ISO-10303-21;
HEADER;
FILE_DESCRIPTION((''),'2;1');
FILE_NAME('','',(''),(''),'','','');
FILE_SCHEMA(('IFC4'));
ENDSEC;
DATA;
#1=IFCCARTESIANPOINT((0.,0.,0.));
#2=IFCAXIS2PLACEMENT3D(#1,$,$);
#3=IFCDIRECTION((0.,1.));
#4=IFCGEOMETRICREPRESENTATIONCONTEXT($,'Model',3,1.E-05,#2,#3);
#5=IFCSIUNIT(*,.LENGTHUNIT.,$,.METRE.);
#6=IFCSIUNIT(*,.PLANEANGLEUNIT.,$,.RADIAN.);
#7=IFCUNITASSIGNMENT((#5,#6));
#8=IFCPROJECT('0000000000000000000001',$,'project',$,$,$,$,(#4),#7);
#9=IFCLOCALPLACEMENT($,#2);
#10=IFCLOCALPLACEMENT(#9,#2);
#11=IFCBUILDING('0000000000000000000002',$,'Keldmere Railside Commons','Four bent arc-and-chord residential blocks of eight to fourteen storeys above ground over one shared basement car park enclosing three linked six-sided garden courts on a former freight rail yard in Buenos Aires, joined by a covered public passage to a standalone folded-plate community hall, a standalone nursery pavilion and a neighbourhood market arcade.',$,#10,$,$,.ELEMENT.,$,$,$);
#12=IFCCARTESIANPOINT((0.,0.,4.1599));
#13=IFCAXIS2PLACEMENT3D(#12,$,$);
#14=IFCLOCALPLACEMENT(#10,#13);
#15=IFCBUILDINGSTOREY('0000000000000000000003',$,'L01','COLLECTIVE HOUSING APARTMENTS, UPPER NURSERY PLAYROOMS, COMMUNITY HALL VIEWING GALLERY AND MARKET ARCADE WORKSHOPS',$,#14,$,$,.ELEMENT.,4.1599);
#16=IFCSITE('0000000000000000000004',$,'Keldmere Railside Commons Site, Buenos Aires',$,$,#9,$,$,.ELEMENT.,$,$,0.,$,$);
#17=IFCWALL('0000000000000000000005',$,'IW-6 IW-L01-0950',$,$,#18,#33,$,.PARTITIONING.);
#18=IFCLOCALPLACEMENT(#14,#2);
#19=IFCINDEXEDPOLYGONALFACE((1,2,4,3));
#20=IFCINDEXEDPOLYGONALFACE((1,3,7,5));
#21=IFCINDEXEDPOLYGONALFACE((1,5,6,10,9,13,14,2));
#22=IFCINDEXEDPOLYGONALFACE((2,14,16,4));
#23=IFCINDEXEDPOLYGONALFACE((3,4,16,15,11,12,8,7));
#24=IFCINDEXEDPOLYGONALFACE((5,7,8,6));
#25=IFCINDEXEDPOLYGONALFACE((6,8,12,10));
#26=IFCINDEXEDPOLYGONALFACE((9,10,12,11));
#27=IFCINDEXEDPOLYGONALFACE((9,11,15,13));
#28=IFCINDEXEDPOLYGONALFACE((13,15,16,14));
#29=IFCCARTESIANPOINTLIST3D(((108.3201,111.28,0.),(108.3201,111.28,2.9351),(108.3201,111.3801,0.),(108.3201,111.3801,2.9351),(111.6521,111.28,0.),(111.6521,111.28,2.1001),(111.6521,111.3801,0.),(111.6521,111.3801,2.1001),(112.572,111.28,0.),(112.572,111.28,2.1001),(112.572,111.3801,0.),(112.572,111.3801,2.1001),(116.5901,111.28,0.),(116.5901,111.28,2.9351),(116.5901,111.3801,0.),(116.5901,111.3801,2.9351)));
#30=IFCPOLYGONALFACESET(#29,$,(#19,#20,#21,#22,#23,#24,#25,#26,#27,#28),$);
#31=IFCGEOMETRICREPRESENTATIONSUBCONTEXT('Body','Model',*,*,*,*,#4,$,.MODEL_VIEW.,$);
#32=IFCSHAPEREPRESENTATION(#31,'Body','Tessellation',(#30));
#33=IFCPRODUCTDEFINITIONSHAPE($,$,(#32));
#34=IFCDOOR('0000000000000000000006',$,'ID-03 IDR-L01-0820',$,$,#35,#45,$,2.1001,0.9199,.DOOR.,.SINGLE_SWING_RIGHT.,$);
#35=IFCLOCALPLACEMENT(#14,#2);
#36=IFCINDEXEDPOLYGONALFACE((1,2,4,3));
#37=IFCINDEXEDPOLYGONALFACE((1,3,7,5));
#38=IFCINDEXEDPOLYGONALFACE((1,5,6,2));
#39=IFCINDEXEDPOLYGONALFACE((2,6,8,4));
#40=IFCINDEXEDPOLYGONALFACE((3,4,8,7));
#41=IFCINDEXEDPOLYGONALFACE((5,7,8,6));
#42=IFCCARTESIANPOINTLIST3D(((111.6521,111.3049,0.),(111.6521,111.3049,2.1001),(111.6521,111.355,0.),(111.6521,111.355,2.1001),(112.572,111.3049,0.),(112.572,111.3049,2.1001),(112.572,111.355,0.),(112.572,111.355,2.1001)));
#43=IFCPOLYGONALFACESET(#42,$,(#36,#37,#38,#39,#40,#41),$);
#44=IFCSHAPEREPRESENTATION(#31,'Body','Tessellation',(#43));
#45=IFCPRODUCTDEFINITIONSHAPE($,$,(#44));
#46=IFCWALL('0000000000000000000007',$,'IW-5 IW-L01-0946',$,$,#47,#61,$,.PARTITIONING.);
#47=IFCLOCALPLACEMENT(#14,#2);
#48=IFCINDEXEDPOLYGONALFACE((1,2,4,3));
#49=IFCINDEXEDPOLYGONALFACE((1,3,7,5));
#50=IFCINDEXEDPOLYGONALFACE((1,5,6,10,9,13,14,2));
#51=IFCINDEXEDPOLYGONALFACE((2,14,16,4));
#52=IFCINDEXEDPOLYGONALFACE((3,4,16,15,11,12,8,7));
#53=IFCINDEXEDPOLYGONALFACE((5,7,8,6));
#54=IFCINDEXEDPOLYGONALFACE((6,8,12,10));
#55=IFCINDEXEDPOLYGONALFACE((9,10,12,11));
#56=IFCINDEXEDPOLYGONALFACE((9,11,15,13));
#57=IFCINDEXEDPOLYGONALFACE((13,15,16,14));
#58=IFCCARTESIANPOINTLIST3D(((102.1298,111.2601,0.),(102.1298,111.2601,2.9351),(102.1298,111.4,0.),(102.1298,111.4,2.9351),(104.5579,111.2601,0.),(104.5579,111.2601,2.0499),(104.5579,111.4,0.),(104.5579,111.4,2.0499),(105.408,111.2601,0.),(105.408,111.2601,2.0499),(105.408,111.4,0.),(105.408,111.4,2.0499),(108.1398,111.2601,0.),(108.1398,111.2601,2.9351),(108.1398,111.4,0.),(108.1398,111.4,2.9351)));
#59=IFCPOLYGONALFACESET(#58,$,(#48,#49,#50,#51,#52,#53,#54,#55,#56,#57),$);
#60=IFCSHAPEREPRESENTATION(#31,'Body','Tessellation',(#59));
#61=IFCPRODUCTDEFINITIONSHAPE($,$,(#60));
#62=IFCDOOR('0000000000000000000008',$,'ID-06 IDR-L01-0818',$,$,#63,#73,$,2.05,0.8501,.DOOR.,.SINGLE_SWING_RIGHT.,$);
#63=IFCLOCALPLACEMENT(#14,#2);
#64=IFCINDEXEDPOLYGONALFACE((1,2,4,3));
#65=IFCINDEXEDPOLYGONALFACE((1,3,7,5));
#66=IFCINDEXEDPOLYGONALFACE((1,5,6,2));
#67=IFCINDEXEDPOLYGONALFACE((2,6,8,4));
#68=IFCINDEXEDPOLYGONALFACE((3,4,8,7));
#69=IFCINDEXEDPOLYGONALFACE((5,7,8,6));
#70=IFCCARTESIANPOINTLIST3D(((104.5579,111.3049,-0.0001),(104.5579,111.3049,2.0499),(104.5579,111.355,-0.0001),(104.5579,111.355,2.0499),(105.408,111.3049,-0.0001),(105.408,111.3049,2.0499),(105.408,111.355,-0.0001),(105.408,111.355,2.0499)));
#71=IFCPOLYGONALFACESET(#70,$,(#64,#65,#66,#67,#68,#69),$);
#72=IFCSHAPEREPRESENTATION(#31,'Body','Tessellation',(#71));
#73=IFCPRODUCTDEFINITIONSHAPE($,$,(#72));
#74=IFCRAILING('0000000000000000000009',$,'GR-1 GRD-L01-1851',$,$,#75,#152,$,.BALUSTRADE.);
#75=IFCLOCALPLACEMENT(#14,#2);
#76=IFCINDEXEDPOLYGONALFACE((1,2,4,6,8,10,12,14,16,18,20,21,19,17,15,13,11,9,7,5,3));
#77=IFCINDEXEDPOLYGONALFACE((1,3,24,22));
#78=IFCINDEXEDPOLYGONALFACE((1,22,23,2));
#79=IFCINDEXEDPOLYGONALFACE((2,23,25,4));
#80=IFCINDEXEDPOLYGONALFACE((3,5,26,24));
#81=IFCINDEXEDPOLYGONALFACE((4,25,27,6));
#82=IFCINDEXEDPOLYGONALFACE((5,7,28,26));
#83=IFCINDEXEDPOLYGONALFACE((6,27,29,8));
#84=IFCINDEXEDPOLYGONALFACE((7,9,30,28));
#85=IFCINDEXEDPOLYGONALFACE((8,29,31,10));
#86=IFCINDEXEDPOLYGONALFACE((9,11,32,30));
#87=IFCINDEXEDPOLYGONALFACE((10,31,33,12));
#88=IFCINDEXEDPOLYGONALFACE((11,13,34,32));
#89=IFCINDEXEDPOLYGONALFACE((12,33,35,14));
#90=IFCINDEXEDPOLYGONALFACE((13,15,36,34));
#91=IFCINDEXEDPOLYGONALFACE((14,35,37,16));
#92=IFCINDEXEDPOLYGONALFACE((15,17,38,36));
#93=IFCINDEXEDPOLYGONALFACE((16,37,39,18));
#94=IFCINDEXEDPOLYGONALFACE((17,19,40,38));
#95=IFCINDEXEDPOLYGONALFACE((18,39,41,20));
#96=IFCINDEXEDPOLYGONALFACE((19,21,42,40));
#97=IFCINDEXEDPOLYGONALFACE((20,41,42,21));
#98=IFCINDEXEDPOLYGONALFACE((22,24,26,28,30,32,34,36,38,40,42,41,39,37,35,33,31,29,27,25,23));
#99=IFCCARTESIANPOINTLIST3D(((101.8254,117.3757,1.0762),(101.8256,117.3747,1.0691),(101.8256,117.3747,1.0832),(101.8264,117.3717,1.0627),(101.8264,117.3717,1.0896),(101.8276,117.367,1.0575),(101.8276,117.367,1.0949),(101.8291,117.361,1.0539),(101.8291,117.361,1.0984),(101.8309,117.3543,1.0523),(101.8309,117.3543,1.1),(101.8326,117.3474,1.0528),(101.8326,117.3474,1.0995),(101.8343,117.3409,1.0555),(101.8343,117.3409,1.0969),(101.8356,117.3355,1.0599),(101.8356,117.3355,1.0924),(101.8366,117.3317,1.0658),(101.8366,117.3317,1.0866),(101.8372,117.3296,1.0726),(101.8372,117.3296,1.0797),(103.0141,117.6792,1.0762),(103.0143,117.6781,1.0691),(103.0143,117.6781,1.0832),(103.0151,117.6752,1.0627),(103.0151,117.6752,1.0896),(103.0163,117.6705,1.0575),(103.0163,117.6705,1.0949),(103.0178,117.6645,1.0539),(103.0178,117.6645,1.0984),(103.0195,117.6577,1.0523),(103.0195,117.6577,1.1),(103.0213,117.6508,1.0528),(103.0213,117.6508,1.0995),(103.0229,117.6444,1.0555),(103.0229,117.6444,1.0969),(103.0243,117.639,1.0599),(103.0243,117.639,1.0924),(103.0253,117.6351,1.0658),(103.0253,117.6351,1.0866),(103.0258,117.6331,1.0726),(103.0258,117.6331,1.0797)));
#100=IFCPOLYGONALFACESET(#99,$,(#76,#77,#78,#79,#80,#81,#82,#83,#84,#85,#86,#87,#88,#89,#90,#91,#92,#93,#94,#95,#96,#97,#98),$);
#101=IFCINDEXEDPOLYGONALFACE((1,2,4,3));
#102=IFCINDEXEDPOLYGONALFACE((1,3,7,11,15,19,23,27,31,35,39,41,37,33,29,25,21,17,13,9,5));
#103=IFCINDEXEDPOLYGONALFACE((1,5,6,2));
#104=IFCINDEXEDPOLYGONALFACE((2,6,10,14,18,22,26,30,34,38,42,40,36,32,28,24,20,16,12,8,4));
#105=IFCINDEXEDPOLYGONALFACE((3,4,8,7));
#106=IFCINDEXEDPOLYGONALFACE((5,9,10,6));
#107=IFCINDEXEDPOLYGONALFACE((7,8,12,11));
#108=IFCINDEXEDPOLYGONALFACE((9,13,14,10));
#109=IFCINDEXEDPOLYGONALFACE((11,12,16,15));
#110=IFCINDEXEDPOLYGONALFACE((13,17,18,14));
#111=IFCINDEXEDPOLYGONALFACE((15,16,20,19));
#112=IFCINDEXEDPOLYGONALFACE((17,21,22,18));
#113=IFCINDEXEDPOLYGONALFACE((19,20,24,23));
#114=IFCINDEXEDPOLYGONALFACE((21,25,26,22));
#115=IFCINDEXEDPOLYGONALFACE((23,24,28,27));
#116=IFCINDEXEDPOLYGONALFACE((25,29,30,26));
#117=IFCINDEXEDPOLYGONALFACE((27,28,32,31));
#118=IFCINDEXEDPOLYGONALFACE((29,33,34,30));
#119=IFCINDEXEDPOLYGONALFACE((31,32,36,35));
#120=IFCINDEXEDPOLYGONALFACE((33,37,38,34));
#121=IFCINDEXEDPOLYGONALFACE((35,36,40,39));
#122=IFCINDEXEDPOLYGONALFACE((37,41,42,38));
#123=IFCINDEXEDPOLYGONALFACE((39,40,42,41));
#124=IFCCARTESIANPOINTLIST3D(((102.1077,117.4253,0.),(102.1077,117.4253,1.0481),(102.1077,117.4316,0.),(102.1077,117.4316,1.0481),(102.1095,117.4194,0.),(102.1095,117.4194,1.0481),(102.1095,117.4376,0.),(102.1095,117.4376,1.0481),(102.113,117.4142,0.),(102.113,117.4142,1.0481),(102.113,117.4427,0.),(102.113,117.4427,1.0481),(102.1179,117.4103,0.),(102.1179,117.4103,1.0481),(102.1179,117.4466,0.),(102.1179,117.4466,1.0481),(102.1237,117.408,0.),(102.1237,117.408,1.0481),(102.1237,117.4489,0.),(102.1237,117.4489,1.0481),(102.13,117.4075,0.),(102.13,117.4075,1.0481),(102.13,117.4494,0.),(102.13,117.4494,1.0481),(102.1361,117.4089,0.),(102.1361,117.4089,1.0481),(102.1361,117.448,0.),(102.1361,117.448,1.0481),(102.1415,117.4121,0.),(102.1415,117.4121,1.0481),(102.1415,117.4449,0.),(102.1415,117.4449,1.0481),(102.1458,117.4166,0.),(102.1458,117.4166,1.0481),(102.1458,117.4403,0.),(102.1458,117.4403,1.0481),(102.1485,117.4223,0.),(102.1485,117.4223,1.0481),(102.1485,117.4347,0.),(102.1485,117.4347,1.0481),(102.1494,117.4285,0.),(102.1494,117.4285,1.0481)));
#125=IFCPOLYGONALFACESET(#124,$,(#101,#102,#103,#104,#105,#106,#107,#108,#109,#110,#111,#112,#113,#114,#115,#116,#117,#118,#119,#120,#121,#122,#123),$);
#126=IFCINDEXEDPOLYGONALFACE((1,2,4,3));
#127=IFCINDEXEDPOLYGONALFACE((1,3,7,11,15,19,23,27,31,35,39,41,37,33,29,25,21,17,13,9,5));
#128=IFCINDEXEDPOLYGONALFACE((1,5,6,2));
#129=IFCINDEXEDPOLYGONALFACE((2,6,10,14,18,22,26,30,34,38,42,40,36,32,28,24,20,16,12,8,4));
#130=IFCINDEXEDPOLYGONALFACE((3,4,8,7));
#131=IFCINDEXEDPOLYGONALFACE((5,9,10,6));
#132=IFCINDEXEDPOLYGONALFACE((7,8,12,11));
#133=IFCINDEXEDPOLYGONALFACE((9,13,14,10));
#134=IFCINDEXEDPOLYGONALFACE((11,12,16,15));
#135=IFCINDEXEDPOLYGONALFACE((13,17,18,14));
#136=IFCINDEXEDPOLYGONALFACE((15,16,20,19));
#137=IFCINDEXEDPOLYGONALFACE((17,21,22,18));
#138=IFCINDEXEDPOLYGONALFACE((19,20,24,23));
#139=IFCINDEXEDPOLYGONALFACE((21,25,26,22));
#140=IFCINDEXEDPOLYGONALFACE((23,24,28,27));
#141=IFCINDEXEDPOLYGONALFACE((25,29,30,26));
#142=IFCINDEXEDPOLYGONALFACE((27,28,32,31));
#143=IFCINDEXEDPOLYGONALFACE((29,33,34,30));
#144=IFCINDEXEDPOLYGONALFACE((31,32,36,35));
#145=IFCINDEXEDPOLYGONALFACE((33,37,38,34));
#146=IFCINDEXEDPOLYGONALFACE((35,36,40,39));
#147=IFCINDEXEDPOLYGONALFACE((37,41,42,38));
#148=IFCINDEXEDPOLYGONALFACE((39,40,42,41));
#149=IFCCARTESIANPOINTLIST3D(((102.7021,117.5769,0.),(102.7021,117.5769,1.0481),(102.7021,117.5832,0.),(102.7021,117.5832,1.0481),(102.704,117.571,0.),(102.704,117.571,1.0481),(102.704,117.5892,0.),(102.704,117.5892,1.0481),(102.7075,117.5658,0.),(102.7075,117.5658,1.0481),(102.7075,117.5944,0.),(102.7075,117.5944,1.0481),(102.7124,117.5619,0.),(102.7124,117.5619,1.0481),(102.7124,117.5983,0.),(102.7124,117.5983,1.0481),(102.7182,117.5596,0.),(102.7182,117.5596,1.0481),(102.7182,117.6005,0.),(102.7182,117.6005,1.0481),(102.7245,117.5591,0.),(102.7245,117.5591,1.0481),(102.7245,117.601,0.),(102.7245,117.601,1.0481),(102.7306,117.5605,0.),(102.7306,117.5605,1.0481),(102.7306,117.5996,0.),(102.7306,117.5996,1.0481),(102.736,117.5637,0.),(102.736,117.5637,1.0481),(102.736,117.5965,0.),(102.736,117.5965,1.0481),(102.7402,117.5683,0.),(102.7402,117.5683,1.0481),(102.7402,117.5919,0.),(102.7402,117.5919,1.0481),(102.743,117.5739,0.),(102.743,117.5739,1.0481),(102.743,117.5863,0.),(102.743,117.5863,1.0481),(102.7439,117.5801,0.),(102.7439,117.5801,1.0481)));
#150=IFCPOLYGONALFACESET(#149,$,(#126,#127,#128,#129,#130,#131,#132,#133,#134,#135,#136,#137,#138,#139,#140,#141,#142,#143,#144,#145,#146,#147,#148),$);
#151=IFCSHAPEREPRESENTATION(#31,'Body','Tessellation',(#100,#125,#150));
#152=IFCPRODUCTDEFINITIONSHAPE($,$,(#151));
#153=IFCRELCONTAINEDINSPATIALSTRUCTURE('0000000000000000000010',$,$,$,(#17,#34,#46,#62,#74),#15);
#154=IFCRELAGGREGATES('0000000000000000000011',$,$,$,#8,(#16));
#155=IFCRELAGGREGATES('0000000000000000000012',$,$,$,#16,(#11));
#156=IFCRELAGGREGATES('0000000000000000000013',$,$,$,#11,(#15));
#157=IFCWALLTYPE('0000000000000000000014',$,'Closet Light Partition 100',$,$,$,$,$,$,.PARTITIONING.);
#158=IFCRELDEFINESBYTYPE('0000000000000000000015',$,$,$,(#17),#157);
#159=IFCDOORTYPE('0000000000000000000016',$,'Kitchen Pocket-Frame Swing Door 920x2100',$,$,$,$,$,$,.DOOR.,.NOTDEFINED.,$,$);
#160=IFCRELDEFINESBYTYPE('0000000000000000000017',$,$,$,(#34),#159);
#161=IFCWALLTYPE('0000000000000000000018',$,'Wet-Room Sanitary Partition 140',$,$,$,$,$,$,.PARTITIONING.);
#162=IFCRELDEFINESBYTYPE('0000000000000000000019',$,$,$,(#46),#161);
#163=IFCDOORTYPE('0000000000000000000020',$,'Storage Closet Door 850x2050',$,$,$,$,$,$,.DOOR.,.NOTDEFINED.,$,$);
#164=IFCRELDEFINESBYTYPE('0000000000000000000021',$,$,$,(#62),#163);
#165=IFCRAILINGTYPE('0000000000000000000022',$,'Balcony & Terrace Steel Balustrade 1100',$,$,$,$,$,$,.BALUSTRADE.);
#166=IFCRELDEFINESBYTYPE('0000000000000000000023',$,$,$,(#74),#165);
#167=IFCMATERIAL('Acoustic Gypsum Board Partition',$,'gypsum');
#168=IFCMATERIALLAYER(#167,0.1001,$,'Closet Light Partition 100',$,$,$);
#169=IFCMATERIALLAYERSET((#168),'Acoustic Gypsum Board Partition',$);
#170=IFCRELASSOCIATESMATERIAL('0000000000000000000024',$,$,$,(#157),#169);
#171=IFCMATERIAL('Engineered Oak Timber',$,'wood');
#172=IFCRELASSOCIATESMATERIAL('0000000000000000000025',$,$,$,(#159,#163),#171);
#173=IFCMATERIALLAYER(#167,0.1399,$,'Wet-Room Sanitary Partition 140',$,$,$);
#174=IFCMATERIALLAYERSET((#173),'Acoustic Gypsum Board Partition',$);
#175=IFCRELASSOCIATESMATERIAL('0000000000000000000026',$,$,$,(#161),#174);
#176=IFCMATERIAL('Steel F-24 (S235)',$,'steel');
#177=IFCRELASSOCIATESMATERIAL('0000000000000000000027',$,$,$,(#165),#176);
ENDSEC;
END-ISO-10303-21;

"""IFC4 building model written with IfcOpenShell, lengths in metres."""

from ifc_helpers import new_model, si_unit, direction, frame, frame_2d, origin, origin_2d, place, context, subcontext, project, spatial, rectangle, circle, extrude, material, layer, layer_set, type_object, element, fill, save


model = new_model("IFC4")

# Units and contexts
model_context = context("Model", 3, precision=1e-05, world=origin(), true_north=direction((0.0, 1.0)))
body_context = subcontext(model_context, "Body", "Model", "MODEL_VIEW")
ifc_project = project(units=[si_unit("LENGTHUNIT", "METRE"), si_unit("PLANEANGLEUNIT", "RADIAN")], contexts=[model_context])

# Site, building, storey
site_placement = place(None, origin())
site = spatial("IfcSite", under=ifc_project, at=site_placement, Name="Keldmere Railside Commons Site, Buenos Aires", CompositionType="ELEMENT", RefElevation=0.0)
building_placement = place(site_placement, origin())
building = spatial("IfcBuilding", under=site, at=building_placement, Name="Keldmere Railside Commons", Description="Four bent arc-and-chord residential blocks of eight to fourteen storeys above ground over one shared basement car park enclosing three linked six-sided garden courts on a former freight rail yard in Buenos Aires, joined by a covered public passage to a standalone folded-plate community hall, a standalone nursery pavilion and a neighbourhood market arcade.", CompositionType="ELEMENT")
storey_placement = place(building_placement, frame((0.0, 0.0, 4.1599)))
storey = spatial("IfcBuildingStorey", under=building, at=storey_placement, Name="L01", Description="COLLECTIVE HOUSING APARTMENTS, UPPER NURSERY PLAYROOMS, COMMUNITY HALL VIEWING GALLERY AND MARKET ARCADE WORKSHOPS", CompositionType="ELEMENT", Elevation=4.1599)

# Walls, openings, doors
ifc_material_1 = material(Name="Acoustic Gypsum Board Partition", Category="gypsum")
ifc_layer_1 = layer(ifc_material_1, 0.1001, Name="Closet Light Partition 100")
ifc_layer_set_1 = layer_set([ifc_layer_1], Name="Acoustic Gypsum Board Partition")
wall_type_1 = type_object("IfcWallType", Name="Closet Light Partition 100", PredefinedType="PARTITIONING", material=ifc_layer_set_1)
wall_1_placement = place(storey_placement, frame((108.3201, 111.3301, 0.0), z_axis=(0.0, 0.0, 1.0), x_axis=(1.0, 0.0, 0.0)))
wall_1 = element("IfcWall", 1, at=wall_1_placement, inside=storey, type_object=wall_type_1, Name="IW-6 IW-L01-0950", PredefinedType="PARTITIONING", context=body_context, shape_type="SweptSolid", body=[
    extrude(rectangle(XDim=8.27, YDim=0.1001, at=frame_2d((4.135, 0.0))), origin(), (0.0, 0.0, 1.0), 2.9351),
])
opening_1_placement = place(wall_1_placement, frame((3.332, 0.0, 0.0)))
opening_1 = element("IfcOpeningElement", 2, at=opening_1_placement, cuts=wall_1, PredefinedType="OPENING", context=body_context, shape_type="SweptSolid", body=[
    extrude(rectangle(XDim=0.9199, YDim=2.1001, at=frame_2d((0.46, 1.05))), frame((0.0, 0.0601, 0.0), z_axis=(0.0, -1.0, 0.0), x_axis=(1.0, 0.0, 0.0)), (0.0, 0.0, 1.0), 0.1201),
])
ifc_material_2 = material(Name="Engineered Oak Timber", Category="wood")
door_type_1 = type_object("IfcDoorType", Name="Kitchen Pocket-Frame Swing Door 920x2100", OperationType="NOTDEFINED", PredefinedType="DOOR", material=ifc_material_2)
door_1_placement = place(opening_1_placement, origin())
door_1 = element("IfcDoor", 3, at=door_1_placement, inside=storey, type_object=door_type_1, Name="ID-03 IDR-L01-0820", OperationType="SINGLE_SWING_RIGHT", OverallHeight=2.1001, OverallWidth=0.9199, PredefinedType="DOOR", context=body_context, shape_type="SweptSolid", body=[
    extrude(rectangle(XDim=0.9199, YDim=2.1001, at=frame_2d((0.46, 1.05))), frame((0.0, 0.0249, 0.0), z_axis=(0.0, -1.0, 0.0), x_axis=(1.0, 0.0, 0.0)), (0.0, 0.0, 1.0), 0.05),
])
fill(opening_1, door_1)
ifc_layer_2 = layer(ifc_material_1, 0.1399, Name="Wet-Room Sanitary Partition 140")
ifc_layer_set_2 = layer_set([ifc_layer_2], Name="Acoustic Gypsum Board Partition")
wall_type_2 = type_object("IfcWallType", Name="Wet-Room Sanitary Partition 140", PredefinedType="PARTITIONING", material=ifc_layer_set_2)
wall_2_placement = place(storey_placement, frame((102.1299, 111.3301, 0.0), z_axis=(0.0, 0.0, 1.0), x_axis=(1.0, 0.0, 0.0)))
wall_2 = element("IfcWall", 4, at=wall_2_placement, inside=storey, type_object=wall_type_2, Name="IW-5 IW-L01-0946", PredefinedType="PARTITIONING", context=body_context, shape_type="SweptSolid", body=[
    extrude(rectangle(XDim=6.01, YDim=0.1399, at=frame_2d((3.0049, 0.0))), origin(), (0.0, 0.0, 1.0), 2.9351),
])
opening_2_placement = place(wall_2_placement, frame((2.428, 0.0, 0.0)))
opening_2 = element("IfcOpeningElement", 5, at=opening_2_placement, cuts=wall_2, PredefinedType="OPENING", context=body_context, shape_type="SweptSolid", body=[
    extrude(rectangle(XDim=0.8501, YDim=2.05, at=frame_2d((0.425, 1.0249))), frame((0.0, 0.0798, 0.0), z_axis=(0.0, -1.0, 0.0), x_axis=(1.0, 0.0, 0.0)), (0.0, 0.0, 1.0), 0.1599),
])
door_type_2 = type_object("IfcDoorType", Name="Storage Closet Door 850x2050", OperationType="NOTDEFINED", PredefinedType="DOOR", material=ifc_material_2)
door_2_placement = place(opening_2_placement, origin())
door_2 = element("IfcDoor", 6, at=door_2_placement, inside=storey, type_object=door_type_2, Name="ID-06 IDR-L01-0818", OperationType="SINGLE_SWING_RIGHT", OverallHeight=2.05, OverallWidth=0.8501, PredefinedType="DOOR", context=body_context, shape_type="SweptSolid", body=[
    extrude(rectangle(XDim=0.8501, YDim=2.05, at=frame_2d((0.425, 1.0249))), frame((0.0, 0.0249, 0.0), z_axis=(0.0, -1.0, 0.0), x_axis=(1.0, 0.0, 0.0)), (0.0, 0.0, 1.0), 0.05),
])
fill(opening_2, door_2)

# Railing
ifc_material_3 = material(Name="Steel F-24 (S235)", Category="steel")
railing_type = type_object("IfcRailingType", Name="Balcony & Terrace Steel Balustrade 1100", PredefinedType="BALUSTRADE", material=ifc_material_3)
railing_1_placement = place(storey_placement, frame((101.8313, 117.3525, 0.0)))
element("IfcRailing", 7, at=railing_1_placement, inside=storey, type_object=railing_type, Name="GR-1 GRD-L01-1851", PredefinedType="BALUSTRADE", context=body_context, shape_type="SweptSolid", body=[
    extrude(circle(Radius=0.0239, at=origin_2d()), frame((0.0, 0.0, 1.0762), z_axis=(0.968925, 0.247355, 0.0), x_axis=(-0.247355, 0.968925, 0.0)), (0.0, 0.0, 1.0), 1.2268),
    extrude(circle(Radius=0.021, at=origin_2d()), frame((0.2971, 0.0759, 0.0)), (0.0, 0.0, 1.0), 1.0481),
    extrude(circle(Radius=0.021, at=origin_2d()), frame((0.8916, 0.2275, 0.0)), (0.0, 0.0, 1.0), 1.0481),
])

save(model, "model.ifc")
